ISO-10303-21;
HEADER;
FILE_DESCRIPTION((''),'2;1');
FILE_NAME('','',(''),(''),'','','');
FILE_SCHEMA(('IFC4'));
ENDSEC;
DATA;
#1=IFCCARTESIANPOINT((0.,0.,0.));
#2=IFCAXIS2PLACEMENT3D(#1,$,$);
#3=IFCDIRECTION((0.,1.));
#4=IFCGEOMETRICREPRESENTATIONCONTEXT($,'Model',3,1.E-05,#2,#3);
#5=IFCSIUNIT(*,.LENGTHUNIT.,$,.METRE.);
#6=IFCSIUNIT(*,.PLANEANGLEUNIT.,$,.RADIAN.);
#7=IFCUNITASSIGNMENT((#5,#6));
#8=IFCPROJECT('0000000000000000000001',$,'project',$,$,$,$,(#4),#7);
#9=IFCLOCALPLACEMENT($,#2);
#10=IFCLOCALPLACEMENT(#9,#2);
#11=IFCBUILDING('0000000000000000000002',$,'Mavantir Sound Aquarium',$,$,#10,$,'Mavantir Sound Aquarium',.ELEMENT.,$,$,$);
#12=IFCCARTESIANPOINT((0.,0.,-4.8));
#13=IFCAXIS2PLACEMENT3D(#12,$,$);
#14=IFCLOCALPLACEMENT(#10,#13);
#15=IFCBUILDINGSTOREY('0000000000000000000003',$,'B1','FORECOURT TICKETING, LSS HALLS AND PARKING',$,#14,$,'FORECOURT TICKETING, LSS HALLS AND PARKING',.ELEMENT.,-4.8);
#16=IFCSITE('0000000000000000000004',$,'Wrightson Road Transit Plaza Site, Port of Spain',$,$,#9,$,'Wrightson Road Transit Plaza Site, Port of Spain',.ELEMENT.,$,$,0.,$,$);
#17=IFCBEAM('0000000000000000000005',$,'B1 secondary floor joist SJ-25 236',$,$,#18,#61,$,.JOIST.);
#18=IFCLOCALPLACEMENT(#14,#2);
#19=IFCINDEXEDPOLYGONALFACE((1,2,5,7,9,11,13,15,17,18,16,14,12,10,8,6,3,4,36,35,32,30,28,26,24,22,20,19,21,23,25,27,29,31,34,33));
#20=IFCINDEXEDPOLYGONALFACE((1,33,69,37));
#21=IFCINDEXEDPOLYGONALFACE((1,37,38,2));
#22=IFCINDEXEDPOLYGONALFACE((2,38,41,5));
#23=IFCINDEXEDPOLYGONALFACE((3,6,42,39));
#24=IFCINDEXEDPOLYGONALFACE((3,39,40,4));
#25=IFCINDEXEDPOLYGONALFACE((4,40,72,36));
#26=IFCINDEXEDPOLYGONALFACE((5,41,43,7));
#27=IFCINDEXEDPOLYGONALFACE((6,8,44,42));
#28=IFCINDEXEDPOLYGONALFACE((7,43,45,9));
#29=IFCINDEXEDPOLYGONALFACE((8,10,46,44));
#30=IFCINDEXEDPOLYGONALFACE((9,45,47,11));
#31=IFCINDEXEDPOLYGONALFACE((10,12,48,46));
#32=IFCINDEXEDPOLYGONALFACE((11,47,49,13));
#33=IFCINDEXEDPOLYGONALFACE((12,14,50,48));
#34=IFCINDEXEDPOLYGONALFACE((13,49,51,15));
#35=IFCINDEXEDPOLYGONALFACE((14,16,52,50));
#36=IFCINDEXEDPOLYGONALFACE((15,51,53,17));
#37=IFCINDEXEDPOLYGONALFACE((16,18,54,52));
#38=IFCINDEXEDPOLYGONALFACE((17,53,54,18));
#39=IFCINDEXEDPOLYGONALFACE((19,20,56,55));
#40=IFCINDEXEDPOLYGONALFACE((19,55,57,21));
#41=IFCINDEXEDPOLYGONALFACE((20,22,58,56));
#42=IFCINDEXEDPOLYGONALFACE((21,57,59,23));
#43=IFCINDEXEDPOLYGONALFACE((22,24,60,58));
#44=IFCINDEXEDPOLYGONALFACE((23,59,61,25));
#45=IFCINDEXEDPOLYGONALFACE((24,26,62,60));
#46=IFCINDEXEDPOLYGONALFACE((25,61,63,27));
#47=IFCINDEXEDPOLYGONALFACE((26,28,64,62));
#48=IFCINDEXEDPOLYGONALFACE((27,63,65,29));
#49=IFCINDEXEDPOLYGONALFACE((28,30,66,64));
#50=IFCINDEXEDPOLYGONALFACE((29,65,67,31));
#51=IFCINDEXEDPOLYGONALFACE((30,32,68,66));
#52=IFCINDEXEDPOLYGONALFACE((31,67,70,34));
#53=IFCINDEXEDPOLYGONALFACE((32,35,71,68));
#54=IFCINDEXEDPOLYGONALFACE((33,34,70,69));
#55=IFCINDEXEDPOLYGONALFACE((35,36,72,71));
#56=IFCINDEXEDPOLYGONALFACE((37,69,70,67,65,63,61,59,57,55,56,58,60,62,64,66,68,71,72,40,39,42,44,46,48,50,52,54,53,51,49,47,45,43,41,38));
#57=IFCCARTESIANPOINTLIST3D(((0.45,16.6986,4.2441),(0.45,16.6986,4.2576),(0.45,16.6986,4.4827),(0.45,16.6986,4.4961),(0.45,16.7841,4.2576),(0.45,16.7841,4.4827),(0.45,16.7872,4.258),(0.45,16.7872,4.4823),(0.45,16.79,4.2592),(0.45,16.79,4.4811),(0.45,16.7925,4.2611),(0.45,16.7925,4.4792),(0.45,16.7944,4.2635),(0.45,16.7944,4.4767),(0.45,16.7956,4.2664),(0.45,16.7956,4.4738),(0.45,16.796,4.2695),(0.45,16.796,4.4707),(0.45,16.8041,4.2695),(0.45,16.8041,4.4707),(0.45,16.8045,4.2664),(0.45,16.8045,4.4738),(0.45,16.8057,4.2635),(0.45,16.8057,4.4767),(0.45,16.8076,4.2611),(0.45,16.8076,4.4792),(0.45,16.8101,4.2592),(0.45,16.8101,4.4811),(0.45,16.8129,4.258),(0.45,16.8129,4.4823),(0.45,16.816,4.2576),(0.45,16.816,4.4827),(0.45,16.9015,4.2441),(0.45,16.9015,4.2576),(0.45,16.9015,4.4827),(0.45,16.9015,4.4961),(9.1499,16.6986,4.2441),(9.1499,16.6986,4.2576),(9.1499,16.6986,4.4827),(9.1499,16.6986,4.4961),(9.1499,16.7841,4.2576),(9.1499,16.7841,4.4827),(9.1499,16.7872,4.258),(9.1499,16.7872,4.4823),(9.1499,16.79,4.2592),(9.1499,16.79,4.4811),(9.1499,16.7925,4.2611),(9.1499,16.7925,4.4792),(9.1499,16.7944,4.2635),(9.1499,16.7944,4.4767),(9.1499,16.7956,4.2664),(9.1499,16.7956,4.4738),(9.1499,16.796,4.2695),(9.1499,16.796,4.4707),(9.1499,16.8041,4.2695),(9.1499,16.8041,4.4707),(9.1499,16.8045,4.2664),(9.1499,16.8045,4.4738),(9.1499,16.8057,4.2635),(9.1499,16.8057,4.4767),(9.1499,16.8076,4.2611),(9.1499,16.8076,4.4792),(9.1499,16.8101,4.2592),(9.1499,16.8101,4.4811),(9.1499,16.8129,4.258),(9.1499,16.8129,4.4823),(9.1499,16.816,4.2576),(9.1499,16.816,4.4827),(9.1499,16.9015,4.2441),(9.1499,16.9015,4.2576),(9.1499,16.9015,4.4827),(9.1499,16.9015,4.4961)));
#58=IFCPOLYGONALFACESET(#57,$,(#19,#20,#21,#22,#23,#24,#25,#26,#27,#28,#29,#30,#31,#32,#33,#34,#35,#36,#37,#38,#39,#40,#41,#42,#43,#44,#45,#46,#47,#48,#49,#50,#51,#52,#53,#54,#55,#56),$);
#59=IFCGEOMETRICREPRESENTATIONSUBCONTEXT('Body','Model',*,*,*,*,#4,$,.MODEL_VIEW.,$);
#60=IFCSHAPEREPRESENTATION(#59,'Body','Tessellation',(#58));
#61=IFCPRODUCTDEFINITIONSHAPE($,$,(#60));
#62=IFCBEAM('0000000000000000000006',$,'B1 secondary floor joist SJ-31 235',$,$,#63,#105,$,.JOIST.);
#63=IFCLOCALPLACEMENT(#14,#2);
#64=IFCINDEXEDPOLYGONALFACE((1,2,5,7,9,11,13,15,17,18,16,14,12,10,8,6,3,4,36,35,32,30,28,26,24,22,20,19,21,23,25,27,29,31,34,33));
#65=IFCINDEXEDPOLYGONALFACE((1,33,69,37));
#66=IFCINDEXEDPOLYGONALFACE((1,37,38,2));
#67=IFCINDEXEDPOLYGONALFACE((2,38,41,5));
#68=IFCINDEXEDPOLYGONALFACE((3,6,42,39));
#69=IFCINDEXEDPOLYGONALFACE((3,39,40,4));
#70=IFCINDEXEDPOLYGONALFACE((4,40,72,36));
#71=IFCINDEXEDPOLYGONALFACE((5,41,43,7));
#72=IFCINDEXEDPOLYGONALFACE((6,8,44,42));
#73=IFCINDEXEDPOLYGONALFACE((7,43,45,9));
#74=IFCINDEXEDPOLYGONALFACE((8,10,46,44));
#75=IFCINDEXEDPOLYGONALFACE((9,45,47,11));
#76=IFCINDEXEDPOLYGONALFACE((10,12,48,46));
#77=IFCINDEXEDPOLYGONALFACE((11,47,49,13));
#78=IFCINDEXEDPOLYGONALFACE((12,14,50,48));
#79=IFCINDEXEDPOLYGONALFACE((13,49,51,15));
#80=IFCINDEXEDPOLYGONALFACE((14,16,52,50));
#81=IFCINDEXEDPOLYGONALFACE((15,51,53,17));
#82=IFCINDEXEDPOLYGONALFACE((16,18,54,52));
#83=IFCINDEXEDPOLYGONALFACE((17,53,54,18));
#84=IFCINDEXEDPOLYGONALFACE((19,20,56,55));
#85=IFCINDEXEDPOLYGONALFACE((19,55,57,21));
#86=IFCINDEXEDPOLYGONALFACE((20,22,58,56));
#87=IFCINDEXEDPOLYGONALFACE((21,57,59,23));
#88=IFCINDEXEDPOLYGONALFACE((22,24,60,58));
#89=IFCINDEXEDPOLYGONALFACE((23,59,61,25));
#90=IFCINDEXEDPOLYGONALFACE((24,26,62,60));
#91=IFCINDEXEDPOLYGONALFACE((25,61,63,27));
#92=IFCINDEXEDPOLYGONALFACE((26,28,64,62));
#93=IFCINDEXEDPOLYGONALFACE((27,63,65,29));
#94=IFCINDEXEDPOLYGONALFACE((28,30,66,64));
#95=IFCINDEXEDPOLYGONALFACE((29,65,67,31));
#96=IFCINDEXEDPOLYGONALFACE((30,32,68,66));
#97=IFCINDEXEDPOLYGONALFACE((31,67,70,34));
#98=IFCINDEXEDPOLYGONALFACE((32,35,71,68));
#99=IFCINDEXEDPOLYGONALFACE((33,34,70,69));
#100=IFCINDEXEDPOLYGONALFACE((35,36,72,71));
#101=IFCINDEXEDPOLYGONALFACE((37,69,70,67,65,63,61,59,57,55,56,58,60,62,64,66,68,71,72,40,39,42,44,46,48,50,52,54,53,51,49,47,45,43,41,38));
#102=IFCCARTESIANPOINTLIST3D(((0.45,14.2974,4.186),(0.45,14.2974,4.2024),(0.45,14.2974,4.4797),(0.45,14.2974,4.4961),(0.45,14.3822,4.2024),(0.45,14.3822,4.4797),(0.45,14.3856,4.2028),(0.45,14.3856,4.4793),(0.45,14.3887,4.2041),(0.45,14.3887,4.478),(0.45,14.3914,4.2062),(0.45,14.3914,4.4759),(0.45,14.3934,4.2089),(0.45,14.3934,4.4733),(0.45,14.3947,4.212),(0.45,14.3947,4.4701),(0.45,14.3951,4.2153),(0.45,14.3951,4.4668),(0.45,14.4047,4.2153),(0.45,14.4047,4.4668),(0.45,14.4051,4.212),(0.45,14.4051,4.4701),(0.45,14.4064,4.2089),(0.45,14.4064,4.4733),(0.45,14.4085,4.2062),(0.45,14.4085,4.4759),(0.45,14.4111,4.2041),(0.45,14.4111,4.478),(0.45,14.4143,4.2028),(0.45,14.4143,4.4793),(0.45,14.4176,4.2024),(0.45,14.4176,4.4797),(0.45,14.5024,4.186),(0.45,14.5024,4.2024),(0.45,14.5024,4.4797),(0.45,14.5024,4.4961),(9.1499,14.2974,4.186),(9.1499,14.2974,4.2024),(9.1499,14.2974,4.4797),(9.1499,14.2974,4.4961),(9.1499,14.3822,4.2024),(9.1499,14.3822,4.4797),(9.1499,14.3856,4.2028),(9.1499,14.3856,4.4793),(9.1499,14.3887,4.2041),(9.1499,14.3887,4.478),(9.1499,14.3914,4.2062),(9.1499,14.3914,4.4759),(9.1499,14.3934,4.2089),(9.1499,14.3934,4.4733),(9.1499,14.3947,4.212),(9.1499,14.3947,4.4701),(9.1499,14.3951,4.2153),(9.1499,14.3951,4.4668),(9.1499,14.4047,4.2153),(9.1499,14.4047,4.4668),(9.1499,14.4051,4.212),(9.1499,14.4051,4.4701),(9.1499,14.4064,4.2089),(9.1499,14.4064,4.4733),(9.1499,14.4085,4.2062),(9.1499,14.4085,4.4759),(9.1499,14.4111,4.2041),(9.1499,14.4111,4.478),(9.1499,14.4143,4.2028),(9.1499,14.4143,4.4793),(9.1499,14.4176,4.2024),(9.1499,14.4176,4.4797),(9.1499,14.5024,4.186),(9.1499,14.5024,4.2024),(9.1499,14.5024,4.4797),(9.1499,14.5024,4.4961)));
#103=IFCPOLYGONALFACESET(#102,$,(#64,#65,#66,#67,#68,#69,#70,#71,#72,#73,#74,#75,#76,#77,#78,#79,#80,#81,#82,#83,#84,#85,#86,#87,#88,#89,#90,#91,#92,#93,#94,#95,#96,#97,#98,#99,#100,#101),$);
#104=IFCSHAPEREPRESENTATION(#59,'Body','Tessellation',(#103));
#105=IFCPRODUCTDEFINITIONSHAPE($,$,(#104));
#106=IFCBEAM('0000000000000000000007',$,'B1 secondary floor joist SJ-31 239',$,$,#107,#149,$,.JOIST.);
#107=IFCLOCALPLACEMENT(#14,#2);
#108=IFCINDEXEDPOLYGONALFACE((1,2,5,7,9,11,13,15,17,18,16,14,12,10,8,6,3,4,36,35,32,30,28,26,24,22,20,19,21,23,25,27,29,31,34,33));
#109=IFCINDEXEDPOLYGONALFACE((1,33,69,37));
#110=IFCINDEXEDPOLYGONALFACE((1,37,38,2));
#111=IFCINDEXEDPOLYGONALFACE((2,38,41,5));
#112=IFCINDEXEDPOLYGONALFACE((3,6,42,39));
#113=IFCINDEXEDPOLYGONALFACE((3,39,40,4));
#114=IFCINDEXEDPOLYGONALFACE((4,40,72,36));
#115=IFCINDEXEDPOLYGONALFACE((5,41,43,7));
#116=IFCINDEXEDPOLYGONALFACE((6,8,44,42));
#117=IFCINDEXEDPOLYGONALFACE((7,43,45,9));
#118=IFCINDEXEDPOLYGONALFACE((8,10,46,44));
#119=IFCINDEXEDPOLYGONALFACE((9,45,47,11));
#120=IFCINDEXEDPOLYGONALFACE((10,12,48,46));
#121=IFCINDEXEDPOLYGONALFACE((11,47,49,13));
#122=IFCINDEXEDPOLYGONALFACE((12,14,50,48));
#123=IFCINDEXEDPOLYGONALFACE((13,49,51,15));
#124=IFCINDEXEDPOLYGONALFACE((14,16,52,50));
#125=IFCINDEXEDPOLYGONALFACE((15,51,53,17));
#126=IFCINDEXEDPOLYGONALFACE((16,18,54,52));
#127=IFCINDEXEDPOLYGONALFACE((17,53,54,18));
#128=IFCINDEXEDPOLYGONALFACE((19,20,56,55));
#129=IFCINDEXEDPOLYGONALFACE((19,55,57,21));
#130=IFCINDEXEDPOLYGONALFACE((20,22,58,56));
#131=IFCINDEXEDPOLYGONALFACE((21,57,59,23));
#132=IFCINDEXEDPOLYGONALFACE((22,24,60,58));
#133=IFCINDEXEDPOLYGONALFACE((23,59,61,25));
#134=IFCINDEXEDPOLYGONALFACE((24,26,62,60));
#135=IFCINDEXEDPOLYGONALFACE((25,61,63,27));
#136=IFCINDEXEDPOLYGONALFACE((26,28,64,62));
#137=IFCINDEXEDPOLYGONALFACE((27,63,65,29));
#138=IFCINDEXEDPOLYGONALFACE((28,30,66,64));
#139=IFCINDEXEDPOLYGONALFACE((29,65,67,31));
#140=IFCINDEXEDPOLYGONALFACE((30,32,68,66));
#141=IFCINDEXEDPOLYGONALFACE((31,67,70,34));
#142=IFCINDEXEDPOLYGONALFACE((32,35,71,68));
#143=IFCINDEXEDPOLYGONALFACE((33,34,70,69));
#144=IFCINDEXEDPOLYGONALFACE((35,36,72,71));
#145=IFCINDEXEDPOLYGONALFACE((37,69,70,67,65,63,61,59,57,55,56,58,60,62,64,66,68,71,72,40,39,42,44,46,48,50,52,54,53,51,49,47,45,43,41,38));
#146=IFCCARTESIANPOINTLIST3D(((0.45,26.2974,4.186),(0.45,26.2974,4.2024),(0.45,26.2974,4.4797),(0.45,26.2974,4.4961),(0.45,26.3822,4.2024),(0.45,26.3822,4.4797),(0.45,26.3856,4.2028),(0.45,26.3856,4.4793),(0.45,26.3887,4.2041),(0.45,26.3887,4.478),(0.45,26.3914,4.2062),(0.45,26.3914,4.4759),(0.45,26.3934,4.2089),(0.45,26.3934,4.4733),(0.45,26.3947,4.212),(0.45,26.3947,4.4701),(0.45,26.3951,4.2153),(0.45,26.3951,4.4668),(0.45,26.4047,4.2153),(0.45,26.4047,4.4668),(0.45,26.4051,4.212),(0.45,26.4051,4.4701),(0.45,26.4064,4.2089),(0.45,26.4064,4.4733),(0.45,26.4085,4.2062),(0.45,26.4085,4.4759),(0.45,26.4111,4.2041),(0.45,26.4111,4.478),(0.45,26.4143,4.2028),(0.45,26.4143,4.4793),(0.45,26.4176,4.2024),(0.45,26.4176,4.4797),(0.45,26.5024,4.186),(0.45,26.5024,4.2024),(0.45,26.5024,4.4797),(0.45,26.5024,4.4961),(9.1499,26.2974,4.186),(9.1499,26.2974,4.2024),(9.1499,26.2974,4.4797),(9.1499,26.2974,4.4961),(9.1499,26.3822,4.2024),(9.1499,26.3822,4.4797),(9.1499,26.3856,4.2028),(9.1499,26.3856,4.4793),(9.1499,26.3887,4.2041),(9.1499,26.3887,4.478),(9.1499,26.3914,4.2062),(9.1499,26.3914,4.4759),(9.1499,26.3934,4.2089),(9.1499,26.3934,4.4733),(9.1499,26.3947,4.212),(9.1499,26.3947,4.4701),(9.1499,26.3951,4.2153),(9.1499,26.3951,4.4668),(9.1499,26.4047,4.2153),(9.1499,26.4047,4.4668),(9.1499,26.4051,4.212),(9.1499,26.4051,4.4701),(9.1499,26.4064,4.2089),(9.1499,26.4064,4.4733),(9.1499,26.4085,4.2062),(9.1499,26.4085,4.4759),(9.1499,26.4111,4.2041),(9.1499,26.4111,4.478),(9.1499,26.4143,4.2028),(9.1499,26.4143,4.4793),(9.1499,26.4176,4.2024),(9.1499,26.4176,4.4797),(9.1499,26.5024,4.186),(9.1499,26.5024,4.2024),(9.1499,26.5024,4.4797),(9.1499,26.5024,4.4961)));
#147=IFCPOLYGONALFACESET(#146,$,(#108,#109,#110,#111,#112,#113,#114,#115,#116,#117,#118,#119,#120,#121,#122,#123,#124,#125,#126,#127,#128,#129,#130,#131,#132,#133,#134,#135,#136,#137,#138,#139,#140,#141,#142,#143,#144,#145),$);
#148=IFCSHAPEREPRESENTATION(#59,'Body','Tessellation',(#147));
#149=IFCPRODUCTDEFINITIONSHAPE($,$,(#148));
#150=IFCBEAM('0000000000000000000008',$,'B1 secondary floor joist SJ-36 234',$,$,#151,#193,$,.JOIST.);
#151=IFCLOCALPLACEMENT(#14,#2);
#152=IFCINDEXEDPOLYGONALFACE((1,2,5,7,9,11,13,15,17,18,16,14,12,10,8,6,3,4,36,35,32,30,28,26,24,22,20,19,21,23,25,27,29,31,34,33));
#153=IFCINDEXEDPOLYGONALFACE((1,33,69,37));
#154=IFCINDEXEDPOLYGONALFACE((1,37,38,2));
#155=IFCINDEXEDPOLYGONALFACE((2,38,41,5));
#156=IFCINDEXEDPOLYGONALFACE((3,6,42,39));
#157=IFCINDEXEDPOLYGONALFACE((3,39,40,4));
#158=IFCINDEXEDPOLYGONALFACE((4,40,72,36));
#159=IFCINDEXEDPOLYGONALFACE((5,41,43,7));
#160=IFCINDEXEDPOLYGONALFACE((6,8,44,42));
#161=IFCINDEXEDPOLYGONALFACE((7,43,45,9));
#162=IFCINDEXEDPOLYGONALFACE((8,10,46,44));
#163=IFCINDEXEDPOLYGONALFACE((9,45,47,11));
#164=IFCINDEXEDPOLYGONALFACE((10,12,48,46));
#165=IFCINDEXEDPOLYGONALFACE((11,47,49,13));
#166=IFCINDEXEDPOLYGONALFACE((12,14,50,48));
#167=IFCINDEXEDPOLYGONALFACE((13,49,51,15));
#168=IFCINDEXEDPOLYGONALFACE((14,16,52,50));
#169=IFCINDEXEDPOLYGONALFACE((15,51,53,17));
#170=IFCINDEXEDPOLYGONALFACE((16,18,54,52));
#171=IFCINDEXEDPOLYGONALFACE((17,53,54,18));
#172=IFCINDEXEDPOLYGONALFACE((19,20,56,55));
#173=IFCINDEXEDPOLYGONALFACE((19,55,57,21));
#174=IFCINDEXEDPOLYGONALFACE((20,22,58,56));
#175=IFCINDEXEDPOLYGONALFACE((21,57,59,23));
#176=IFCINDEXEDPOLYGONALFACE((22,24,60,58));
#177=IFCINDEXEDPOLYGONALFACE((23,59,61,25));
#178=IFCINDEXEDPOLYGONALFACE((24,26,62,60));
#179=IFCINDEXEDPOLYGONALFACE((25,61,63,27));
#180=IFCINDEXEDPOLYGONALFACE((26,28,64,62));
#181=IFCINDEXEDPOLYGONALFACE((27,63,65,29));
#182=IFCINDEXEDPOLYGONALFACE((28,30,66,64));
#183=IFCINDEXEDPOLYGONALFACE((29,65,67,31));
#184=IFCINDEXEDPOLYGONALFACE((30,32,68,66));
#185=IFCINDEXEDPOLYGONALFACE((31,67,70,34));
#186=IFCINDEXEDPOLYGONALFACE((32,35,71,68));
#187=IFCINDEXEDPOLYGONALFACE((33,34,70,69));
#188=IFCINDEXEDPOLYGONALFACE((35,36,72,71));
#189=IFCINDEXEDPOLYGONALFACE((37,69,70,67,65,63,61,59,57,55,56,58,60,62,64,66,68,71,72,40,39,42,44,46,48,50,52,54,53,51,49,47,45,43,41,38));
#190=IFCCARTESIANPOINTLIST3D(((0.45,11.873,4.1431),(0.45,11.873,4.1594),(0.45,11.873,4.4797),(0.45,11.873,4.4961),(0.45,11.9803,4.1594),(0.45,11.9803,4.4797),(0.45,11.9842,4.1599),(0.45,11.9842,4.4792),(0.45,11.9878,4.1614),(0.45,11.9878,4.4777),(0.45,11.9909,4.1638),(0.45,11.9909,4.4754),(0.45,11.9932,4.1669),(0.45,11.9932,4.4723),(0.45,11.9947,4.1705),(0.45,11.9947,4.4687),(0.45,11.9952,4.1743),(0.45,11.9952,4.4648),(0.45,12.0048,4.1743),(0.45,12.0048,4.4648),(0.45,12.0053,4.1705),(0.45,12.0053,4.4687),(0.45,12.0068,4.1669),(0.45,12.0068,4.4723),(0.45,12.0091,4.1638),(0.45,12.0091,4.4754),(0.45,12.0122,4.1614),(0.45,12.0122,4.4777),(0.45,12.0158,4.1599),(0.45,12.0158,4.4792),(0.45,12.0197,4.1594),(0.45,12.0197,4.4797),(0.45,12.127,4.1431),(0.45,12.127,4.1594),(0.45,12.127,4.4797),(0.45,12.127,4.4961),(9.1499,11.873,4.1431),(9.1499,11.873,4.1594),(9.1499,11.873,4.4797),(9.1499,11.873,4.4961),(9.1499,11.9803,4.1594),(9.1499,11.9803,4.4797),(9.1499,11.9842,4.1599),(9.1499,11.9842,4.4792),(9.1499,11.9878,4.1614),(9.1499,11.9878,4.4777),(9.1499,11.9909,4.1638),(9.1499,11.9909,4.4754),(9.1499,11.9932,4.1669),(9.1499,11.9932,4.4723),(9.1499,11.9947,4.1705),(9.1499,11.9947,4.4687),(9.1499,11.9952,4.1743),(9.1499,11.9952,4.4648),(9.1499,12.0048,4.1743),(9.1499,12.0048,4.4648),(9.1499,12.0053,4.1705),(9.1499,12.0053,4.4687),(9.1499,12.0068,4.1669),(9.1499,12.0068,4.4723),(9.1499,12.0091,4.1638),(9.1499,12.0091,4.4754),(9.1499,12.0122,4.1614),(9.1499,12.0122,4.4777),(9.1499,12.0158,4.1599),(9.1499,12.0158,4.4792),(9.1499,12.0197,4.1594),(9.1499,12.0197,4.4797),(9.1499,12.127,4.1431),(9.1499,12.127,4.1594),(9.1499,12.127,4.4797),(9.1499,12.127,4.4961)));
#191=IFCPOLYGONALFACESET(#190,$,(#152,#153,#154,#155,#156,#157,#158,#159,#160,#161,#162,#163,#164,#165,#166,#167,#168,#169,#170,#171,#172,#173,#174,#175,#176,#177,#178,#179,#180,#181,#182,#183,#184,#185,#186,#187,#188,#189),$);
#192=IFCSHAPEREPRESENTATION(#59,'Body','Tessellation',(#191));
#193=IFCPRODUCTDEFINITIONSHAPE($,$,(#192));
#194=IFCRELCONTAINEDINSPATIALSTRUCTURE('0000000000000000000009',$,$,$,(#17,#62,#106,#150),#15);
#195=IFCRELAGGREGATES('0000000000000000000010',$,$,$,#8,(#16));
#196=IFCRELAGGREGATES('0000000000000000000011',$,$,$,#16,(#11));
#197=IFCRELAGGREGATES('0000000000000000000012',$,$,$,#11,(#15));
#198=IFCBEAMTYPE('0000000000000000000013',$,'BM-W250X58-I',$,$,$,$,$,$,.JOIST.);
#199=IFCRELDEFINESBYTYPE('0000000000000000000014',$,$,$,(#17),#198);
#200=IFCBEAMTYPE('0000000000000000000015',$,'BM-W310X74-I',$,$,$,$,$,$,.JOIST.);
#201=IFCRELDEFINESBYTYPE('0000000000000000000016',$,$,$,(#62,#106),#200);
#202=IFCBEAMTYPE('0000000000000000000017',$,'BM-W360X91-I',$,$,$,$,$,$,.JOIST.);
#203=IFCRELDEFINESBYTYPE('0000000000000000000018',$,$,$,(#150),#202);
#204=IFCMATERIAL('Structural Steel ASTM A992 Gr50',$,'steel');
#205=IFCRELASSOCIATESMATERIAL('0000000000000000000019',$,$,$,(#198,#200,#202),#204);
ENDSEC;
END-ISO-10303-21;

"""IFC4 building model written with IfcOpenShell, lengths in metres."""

from ifc_helpers import new_model, si_unit, direction, frame, origin, origin_2d, place, context, subcontext, project, spatial, i_section, extrude, material, material_profile, profile_set, type_object, element, save


model = new_model("IFC4")

# Units and contexts
model_context = context("Model", 3, precision=1e-05, world=origin(), true_north=direction((0.0, 1.0)))
body_context = subcontext(model_context, "Body", "Model", "MODEL_VIEW")
ifc_project = project(units=[si_unit("LENGTHUNIT", "METRE"), si_unit("PLANEANGLEUNIT", "RADIAN")], contexts=[model_context])

# Site, building, storey
site_placement = place(None, origin())
site = spatial("IfcSite", under=ifc_project, at=site_placement, Name="Wrightson Road Transit Plaza Site, Port of Spain", LongName="Wrightson Road Transit Plaza Site, Port of Spain", CompositionType="ELEMENT", RefElevation=0.0)
building_placement = place(site_placement, origin())
building = spatial("IfcBuilding", under=site, at=building_placement, Name="Mavantir Sound Aquarium", LongName="Mavantir Sound Aquarium", CompositionType="ELEMENT")
storey_placement = place(building_placement, frame((0.0, 0.0, -4.8)))
storey = spatial("IfcBuildingStorey", under=building, at=storey_placement, Name="B1", Description="FORECOURT TICKETING, LSS HALLS AND PARKING", LongName="FORECOURT TICKETING, LSS HALLS AND PARKING", CompositionType="ELEMENT", Elevation=-4.8)

# Beams
ifc_material_1 = material(Name="Structural Steel ASTM A992 Gr50", Category="steel")
ifc_material_profile_1 = material_profile(ifc_material_1, i_section(OverallWidth=0.2029, OverallDepth=0.252, WebThickness=0.0081, FlangeThickness=0.0134, FilletRadius=0.012, at=origin_2d()), Name="W250X58")
ifc_profile_set_1 = profile_set([ifc_material_profile_1], Name="Structural Steel ASTM A992 Gr50")
beam_type_1 = type_object("IfcBeamType", Name="BM-W250X58-I", PredefinedType="JOIST", material=ifc_profile_set_1)
beam_1_placement = place(storey_placement, frame((0.45, 16.8, 4.3701), z_axis=(1.0, 0.0, 0.0), x_axis=(0.0, 1.0, 0.0)))
element("IfcBeam", 1, at=beam_1_placement, inside=storey, type_object=beam_type_1, Name="B1 secondary floor joist SJ-25 236", PredefinedType="JOIST", context=body_context, shape_type="SweptSolid", body=[
    extrude(i_section(OverallWidth=0.2029, OverallDepth=0.252, WebThickness=0.0081, FlangeThickness=0.0134, FilletRadius=0.012, at=origin_2d()), origin(), (0.0, 0.0, 1.0), 8.7),
])
ifc_material_profile_2 = material_profile(ifc_material_1, i_section(OverallWidth=0.2051, OverallDepth=0.3101, WebThickness=0.0095, FlangeThickness=0.0164, FilletRadius=0.0129, at=origin_2d()), Name="W310X74")
ifc_profile_set_2 = profile_set([ifc_material_profile_2], Name="Structural Steel ASTM A992 Gr50")
beam_type_2 = type_object("IfcBeamType", Name="BM-W310X74-I", PredefinedType="JOIST", material=ifc_profile_set_2)
for number, where, z_axis, x_axis, name in (
    (2, (0.45, 14.3999, 4.3411), (1.0, 0.0, 0.0), (0.0, 1.0, 0.0), "B1 secondary floor joist SJ-31 235"),
    (3, (0.45, 26.3999, 4.3411), (1.0, 0.0, 0.0), (0.0, 1.0, 0.0), "B1 secondary floor joist SJ-31 239"),
):
    element("IfcBeam", number, at=place(storey_placement, frame(where, z_axis=z_axis, x_axis=x_axis)), inside=storey, type_object=beam_type_2, Name=name, PredefinedType="JOIST", context=body_context, shape_type="SweptSolid", body=[
        extrude(i_section(OverallWidth=0.2051, OverallDepth=0.3101, WebThickness=0.0095, FlangeThickness=0.0164, FilletRadius=0.0129, at=origin_2d()), origin(), (0.0, 0.0, 1.0), 8.7),
    ])
ifc_material_profile_3 = material_profile(ifc_material_1, i_section(OverallWidth=0.2539, OverallDepth=0.353, WebThickness=0.0095, FlangeThickness=0.0164, FilletRadius=0.0149, at=origin_2d()), Name="W360X91")
ifc_profile_set_3 = profile_set([ifc_material_profile_3], Name="Structural Steel ASTM A992 Gr50")
beam_type_3 = type_object("IfcBeamType", Name="BM-W360X91-I", PredefinedType="JOIST", material=ifc_profile_set_3)
for number, where, z_axis, x_axis, name in (
    (4, (0.45, 12.0, 4.3196), (1.0, 0.0, 0.0), (0.0, 1.0, 0.0), "B1 secondary floor joist SJ-36 234"),
):
    element("IfcBeam", number, at=place(storey_placement, frame(where, z_axis=z_axis, x_axis=x_axis)), inside=storey, type_object=beam_type_3, Name=name, PredefinedType="JOIST", context=body_context, shape_type="SweptSolid", body=[
        extrude(i_section(OverallWidth=0.2539, OverallDepth=0.353, WebThickness=0.0095, FlangeThickness=0.0164, FilletRadius=0.0149, at=origin_2d()), origin(), (0.0, 0.0, 1.0), 8.7),
    ])

save(model, "model.ifc")
